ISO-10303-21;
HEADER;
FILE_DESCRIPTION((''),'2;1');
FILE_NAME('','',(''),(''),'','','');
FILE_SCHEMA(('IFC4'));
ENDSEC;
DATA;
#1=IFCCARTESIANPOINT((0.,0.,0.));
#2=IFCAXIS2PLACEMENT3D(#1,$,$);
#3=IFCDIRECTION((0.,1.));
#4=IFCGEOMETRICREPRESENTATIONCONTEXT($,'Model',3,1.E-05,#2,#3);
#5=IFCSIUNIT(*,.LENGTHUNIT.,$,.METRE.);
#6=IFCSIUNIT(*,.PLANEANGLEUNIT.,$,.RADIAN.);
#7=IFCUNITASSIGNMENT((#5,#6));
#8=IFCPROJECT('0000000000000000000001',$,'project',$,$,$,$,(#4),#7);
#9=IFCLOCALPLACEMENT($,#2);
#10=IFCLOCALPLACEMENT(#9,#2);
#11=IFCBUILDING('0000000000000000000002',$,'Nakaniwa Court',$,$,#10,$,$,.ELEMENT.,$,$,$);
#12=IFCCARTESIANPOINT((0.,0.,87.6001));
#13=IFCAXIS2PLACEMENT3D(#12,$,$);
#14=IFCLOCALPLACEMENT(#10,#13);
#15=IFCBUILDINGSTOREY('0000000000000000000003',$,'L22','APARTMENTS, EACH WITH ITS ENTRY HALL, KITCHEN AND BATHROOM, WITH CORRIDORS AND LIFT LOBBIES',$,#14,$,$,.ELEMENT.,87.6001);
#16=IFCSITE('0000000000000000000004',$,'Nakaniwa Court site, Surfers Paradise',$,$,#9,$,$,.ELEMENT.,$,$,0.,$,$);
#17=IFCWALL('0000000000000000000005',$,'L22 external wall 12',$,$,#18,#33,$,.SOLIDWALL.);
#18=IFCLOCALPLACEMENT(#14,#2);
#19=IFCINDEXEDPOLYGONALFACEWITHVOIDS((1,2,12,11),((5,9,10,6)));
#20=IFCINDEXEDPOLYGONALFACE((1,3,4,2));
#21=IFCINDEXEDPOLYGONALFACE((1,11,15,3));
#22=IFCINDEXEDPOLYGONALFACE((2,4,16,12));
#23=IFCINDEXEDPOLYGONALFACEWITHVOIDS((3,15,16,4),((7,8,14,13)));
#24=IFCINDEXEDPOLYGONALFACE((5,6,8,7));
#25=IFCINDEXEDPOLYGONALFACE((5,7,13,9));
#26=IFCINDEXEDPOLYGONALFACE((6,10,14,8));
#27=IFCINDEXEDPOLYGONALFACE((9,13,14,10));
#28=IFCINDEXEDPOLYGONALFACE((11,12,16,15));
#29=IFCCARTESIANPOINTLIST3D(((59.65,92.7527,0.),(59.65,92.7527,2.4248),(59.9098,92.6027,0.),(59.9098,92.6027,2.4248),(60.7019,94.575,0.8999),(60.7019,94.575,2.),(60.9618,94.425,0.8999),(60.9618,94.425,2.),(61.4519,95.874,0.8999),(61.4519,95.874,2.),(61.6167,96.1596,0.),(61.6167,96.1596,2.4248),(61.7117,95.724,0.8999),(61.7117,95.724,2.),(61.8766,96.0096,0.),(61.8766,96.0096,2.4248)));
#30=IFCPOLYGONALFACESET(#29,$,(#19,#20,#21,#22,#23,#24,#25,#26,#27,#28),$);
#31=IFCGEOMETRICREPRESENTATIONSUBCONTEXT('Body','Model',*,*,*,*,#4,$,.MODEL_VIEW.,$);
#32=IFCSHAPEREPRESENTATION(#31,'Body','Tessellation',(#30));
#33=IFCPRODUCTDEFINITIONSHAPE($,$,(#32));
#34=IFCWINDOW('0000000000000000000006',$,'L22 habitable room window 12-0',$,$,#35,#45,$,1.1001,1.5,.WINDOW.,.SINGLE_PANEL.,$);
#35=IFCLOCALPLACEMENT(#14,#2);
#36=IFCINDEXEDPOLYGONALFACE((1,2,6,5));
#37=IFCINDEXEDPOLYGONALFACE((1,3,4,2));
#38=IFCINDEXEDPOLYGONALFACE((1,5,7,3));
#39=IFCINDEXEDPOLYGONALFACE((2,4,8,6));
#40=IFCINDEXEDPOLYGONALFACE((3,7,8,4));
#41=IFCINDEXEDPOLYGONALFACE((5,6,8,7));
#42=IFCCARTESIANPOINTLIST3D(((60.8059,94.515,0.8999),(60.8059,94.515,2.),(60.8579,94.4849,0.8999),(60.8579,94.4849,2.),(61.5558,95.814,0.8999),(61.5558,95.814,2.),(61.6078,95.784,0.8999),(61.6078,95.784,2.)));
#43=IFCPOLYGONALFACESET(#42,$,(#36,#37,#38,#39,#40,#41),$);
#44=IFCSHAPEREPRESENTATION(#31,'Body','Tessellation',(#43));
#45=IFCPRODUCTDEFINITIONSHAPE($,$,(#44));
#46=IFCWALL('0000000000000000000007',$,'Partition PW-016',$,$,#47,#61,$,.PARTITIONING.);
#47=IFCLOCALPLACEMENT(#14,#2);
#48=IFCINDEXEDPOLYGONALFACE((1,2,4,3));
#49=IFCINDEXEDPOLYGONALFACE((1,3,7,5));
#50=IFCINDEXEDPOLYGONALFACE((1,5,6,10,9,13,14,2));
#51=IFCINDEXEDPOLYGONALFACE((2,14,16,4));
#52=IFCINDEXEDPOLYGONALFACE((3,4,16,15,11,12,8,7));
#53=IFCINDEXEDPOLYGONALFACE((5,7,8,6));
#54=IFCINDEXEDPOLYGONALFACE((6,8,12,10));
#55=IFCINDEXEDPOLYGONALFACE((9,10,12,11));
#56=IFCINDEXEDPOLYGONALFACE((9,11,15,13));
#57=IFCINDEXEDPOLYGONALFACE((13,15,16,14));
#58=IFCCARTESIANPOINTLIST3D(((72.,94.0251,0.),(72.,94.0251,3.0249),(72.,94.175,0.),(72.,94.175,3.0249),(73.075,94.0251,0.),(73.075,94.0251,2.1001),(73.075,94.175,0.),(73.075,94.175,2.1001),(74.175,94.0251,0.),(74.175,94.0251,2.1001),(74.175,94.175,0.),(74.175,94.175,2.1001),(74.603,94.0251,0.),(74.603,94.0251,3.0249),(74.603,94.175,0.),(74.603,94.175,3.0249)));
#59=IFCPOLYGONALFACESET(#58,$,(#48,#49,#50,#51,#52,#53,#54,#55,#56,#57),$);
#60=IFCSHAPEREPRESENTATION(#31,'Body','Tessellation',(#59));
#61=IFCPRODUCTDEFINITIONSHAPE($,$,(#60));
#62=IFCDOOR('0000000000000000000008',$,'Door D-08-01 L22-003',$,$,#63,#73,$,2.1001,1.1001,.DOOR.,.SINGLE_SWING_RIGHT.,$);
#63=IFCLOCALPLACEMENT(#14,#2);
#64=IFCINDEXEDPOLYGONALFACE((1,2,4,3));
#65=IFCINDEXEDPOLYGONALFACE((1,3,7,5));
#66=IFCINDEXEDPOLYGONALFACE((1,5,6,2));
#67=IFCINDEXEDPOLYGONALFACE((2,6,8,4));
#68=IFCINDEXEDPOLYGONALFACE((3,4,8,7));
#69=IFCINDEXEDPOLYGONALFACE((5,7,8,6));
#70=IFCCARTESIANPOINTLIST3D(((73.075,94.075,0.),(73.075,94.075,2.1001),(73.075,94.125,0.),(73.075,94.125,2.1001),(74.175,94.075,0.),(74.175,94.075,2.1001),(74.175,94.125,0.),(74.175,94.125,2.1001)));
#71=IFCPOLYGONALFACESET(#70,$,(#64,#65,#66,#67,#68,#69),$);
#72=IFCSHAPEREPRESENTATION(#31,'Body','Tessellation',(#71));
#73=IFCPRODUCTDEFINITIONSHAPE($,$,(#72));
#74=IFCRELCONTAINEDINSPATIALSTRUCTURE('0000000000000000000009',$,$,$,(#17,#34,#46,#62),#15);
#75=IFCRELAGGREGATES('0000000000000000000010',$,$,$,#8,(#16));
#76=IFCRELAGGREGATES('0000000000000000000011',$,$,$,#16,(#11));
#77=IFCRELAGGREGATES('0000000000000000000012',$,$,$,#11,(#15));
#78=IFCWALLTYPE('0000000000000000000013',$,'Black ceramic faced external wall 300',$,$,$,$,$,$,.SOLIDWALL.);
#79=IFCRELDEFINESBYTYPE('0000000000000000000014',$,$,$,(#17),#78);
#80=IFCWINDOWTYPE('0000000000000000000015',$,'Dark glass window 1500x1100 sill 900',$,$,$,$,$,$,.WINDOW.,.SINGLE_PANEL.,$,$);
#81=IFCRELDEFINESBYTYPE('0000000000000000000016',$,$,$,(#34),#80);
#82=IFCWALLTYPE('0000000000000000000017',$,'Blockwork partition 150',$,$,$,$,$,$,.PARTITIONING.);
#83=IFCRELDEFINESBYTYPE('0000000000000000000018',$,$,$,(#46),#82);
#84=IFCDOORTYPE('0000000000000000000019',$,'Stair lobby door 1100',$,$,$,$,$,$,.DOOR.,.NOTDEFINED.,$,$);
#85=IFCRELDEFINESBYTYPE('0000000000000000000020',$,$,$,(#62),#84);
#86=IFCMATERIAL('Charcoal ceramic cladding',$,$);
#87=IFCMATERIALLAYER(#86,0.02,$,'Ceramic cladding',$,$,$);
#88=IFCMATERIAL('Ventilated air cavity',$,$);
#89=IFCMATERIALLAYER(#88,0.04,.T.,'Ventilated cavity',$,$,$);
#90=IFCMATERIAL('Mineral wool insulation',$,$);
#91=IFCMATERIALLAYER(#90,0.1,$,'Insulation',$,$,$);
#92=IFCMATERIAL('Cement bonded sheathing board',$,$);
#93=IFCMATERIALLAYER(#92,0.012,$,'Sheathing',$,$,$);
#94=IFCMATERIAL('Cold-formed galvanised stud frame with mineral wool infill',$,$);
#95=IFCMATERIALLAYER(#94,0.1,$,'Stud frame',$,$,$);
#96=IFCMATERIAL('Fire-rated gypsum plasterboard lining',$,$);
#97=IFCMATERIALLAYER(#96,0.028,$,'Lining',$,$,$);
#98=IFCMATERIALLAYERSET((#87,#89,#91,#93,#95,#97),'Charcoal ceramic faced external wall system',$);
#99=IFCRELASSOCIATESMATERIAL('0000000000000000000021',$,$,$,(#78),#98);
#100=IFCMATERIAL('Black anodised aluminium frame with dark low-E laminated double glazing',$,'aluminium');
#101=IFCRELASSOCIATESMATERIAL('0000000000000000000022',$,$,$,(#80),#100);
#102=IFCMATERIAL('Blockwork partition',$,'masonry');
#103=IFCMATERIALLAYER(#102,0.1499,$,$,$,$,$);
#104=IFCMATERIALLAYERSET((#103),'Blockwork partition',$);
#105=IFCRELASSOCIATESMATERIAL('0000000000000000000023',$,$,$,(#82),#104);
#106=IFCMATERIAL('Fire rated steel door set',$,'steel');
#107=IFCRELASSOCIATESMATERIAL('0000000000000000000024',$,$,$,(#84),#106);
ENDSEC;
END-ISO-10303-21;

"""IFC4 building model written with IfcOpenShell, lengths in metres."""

from ifc_helpers import new_model, si_unit, direction, frame, frame_2d, origin, place, context, subcontext, project, spatial, rectangle, extrude, material, layer, layer_set, type_object, element, fill, save


model = new_model("IFC4")

# Units and contexts
model_context = context("Model", 3, precision=1e-05, world=origin(), true_north=direction((0.0, 1.0)))
body_context = subcontext(model_context, "Body", "Model", "MODEL_VIEW")
ifc_project = project(units=[si_unit("LENGTHUNIT", "METRE"), si_unit("PLANEANGLEUNIT", "RADIAN")], contexts=[model_context])

# Site, building, storey
site_placement = place(None, origin())
site = spatial("IfcSite", under=ifc_project, at=site_placement, Name="Nakaniwa Court site, Surfers Paradise", CompositionType="ELEMENT", RefElevation=0.0)
building_placement = place(site_placement, origin())
building = spatial("IfcBuilding", under=site, at=building_placement, Name="Nakaniwa Court", CompositionType="ELEMENT")
storey_placement = place(building_placement, frame((0.0, 0.0, 87.6001)))
storey = spatial("IfcBuildingStorey", under=building, at=storey_placement, Name="L22", Description="APARTMENTS, EACH WITH ITS ENTRY HALL, KITCHEN AND BATHROOM, WITH CORRIDORS AND LIFT LOBBIES", CompositionType="ELEMENT", Elevation=87.6001)

# Wall, opening, window
ifc_material_1 = material(Name="Charcoal ceramic cladding")
ifc_layer_1 = layer(ifc_material_1, 0.02, Name="Ceramic cladding")
ifc_material_2 = material(Name="Ventilated air cavity")
ifc_layer_2 = layer(ifc_material_2, 0.04, ventilated=True, Name="Ventilated cavity")
ifc_material_3 = material(Name="Mineral wool insulation")
ifc_layer_3 = layer(ifc_material_3, 0.1, Name="Insulation")
ifc_material_4 = material(Name="Cement bonded sheathing board")
ifc_layer_4 = layer(ifc_material_4, 0.012, Name="Sheathing")
ifc_material_5 = material(Name="Cold-formed galvanised stud frame with mineral wool infill")
ifc_layer_5 = layer(ifc_material_5, 0.1, Name="Stud frame")
ifc_material_6 = material(Name="Fire-rated gypsum plasterboard lining")
ifc_layer_6 = layer(ifc_material_6, 0.028, Name="Lining")
ifc_layer_set_1 = layer_set([ifc_layer_1, ifc_layer_2, ifc_layer_3, ifc_layer_4, ifc_layer_5, ifc_layer_6], Name="Charcoal ceramic faced external wall system")
wall_type_1 = type_object("IfcWallType", Name="Black ceramic faced external wall 300", PredefinedType="SOLIDWALL", material=ifc_layer_set_1)
ifc_material_7 = material(Name="Black anodised aluminium frame with dark low-E laminated double glazing", Category="aluminium")
wall_1_placement = place(storey_placement, frame((61.7466, 96.0845, 0.0), z_axis=(0.0, 0.0, 1.0), x_axis=(-0.499957, -0.86605, 0.0)))
wall_1 = element("IfcWall", 1, at=wall_1_placement, inside=storey, type_object=wall_type_1, Name="L22 external wall 12", PredefinedType="SOLIDWALL", context=body_context, shape_type="SweptSolid", body=[
    extrude(rectangle(XDim=3.9338, YDim=0.3, at=frame_2d((1.9668, 0.0))), origin(), (0.0, 0.0, 1.0), 2.4248),
])
opening_1_placement = place(wall_1_placement, frame((0.3296, 0.0, 0.8999)))
opening_1 = element("IfcOpeningElement", 2, at=opening_1_placement, cuts=wall_1, PredefinedType="OPENING", context=body_context, shape_type="SweptSolid", body=[
    extrude(rectangle(XDim=1.5, YDim=1.1001, at=frame_2d((0.75, 0.55))), frame((0.0, 0.1599, 0.0), z_axis=(0.0, -1.0, 0.0), x_axis=(1.0, 0.0, 0.0)), (0.0, 0.0, 1.0), 0.3201),
])
window_type_1 = type_object("IfcWindowType", Name="Dark glass window 1500x1100 sill 900", PartitioningType="SINGLE_PANEL", PredefinedType="WINDOW", material=ifc_material_7)
window_1_placement = place(opening_1_placement, origin())
window_1 = element("IfcWindow", 3, at=window_1_placement, inside=storey, type_object=window_type_1, Name="L22 habitable room window 12-0", OverallHeight=1.1001, OverallWidth=1.5, PartitioningType="SINGLE_PANEL", PredefinedType="WINDOW", context=body_context, shape_type="SweptSolid", body=[
    extrude(rectangle(XDim=1.5, YDim=1.1001, at=frame_2d((0.75, 0.55))), frame((0.0, 0.03, 0.0), z_axis=(0.0, -1.0, 0.0), x_axis=(1.0, 0.0, 0.0)), (0.0, 0.0, 1.0), 0.0601),
])
fill(opening_1, window_1)

# Wall, opening, door
ifc_material_8 = material(Name="Blockwork partition", Category="masonry")
ifc_layer_7 = layer(ifc_material_8, 0.1499)
ifc_layer_set_2 = layer_set([ifc_layer_7], Name="Blockwork partition")
wall_type_2 = type_object("IfcWallType", Name="Blockwork partition 150", PredefinedType="PARTITIONING", material=ifc_layer_set_2)
wall_2_placement = place(storey_placement, frame((72.0, 94.1001, 0.0), z_axis=(0.0, 0.0, 1.0), x_axis=(1.0, 0.0, 0.0)))
wall_2 = element("IfcWall", 4, at=wall_2_placement, inside=storey, type_object=wall_type_2, Name="Partition PW-016", PredefinedType="PARTITIONING", context=body_context, shape_type="SweptSolid", body=[
    extrude(rectangle(XDim=2.603, YDim=0.1499, at=frame_2d((1.3015, 0.0))), origin(), (0.0, 0.0, 1.0), 3.0249),
])
opening_2_placement = place(wall_2_placement, frame((1.075, 0.0, 0.0)))
opening_2 = element("IfcOpeningElement", 5, at=opening_2_placement, cuts=wall_2, PredefinedType="OPENING", context=body_context, shape_type="SweptSolid", body=[
    extrude(rectangle(XDim=1.1001, YDim=2.1001, at=frame_2d((0.55, 1.05))), frame((0.0, 0.085, 0.0), z_axis=(0.0, -1.0, 0.0), x_axis=(1.0, 0.0, 0.0)), (0.0, 0.0, 1.0), 0.1699),
])
ifc_material_9 = material(Name="Fire rated steel door set", Category="steel")
door_type_1 = type_object("IfcDoorType", Name="Stair lobby door 1100", OperationType="NOTDEFINED", PredefinedType="DOOR", material=ifc_material_9)
door_1_placement = place(opening_2_placement, origin())
door_1 = element("IfcDoor", 6, at=door_1_placement, inside=storey, type_object=door_type_1, Name="Door D-08-01 L22-003", OperationType="SINGLE_SWING_RIGHT", OverallHeight=2.1001, OverallWidth=1.1001, PredefinedType="DOOR", context=body_context, shape_type="SweptSolid", body=[
    extrude(rectangle(XDim=1.1001, YDim=2.1001, at=frame_2d((0.55, 1.05))), frame((0.0, 0.0249, 0.0), z_axis=(0.0, -1.0, 0.0), x_axis=(1.0, 0.0, 0.0)), (0.0, 0.0, 1.0), 0.05),
])
fill(opening_2, door_1)

save(model, "model.ifc")
